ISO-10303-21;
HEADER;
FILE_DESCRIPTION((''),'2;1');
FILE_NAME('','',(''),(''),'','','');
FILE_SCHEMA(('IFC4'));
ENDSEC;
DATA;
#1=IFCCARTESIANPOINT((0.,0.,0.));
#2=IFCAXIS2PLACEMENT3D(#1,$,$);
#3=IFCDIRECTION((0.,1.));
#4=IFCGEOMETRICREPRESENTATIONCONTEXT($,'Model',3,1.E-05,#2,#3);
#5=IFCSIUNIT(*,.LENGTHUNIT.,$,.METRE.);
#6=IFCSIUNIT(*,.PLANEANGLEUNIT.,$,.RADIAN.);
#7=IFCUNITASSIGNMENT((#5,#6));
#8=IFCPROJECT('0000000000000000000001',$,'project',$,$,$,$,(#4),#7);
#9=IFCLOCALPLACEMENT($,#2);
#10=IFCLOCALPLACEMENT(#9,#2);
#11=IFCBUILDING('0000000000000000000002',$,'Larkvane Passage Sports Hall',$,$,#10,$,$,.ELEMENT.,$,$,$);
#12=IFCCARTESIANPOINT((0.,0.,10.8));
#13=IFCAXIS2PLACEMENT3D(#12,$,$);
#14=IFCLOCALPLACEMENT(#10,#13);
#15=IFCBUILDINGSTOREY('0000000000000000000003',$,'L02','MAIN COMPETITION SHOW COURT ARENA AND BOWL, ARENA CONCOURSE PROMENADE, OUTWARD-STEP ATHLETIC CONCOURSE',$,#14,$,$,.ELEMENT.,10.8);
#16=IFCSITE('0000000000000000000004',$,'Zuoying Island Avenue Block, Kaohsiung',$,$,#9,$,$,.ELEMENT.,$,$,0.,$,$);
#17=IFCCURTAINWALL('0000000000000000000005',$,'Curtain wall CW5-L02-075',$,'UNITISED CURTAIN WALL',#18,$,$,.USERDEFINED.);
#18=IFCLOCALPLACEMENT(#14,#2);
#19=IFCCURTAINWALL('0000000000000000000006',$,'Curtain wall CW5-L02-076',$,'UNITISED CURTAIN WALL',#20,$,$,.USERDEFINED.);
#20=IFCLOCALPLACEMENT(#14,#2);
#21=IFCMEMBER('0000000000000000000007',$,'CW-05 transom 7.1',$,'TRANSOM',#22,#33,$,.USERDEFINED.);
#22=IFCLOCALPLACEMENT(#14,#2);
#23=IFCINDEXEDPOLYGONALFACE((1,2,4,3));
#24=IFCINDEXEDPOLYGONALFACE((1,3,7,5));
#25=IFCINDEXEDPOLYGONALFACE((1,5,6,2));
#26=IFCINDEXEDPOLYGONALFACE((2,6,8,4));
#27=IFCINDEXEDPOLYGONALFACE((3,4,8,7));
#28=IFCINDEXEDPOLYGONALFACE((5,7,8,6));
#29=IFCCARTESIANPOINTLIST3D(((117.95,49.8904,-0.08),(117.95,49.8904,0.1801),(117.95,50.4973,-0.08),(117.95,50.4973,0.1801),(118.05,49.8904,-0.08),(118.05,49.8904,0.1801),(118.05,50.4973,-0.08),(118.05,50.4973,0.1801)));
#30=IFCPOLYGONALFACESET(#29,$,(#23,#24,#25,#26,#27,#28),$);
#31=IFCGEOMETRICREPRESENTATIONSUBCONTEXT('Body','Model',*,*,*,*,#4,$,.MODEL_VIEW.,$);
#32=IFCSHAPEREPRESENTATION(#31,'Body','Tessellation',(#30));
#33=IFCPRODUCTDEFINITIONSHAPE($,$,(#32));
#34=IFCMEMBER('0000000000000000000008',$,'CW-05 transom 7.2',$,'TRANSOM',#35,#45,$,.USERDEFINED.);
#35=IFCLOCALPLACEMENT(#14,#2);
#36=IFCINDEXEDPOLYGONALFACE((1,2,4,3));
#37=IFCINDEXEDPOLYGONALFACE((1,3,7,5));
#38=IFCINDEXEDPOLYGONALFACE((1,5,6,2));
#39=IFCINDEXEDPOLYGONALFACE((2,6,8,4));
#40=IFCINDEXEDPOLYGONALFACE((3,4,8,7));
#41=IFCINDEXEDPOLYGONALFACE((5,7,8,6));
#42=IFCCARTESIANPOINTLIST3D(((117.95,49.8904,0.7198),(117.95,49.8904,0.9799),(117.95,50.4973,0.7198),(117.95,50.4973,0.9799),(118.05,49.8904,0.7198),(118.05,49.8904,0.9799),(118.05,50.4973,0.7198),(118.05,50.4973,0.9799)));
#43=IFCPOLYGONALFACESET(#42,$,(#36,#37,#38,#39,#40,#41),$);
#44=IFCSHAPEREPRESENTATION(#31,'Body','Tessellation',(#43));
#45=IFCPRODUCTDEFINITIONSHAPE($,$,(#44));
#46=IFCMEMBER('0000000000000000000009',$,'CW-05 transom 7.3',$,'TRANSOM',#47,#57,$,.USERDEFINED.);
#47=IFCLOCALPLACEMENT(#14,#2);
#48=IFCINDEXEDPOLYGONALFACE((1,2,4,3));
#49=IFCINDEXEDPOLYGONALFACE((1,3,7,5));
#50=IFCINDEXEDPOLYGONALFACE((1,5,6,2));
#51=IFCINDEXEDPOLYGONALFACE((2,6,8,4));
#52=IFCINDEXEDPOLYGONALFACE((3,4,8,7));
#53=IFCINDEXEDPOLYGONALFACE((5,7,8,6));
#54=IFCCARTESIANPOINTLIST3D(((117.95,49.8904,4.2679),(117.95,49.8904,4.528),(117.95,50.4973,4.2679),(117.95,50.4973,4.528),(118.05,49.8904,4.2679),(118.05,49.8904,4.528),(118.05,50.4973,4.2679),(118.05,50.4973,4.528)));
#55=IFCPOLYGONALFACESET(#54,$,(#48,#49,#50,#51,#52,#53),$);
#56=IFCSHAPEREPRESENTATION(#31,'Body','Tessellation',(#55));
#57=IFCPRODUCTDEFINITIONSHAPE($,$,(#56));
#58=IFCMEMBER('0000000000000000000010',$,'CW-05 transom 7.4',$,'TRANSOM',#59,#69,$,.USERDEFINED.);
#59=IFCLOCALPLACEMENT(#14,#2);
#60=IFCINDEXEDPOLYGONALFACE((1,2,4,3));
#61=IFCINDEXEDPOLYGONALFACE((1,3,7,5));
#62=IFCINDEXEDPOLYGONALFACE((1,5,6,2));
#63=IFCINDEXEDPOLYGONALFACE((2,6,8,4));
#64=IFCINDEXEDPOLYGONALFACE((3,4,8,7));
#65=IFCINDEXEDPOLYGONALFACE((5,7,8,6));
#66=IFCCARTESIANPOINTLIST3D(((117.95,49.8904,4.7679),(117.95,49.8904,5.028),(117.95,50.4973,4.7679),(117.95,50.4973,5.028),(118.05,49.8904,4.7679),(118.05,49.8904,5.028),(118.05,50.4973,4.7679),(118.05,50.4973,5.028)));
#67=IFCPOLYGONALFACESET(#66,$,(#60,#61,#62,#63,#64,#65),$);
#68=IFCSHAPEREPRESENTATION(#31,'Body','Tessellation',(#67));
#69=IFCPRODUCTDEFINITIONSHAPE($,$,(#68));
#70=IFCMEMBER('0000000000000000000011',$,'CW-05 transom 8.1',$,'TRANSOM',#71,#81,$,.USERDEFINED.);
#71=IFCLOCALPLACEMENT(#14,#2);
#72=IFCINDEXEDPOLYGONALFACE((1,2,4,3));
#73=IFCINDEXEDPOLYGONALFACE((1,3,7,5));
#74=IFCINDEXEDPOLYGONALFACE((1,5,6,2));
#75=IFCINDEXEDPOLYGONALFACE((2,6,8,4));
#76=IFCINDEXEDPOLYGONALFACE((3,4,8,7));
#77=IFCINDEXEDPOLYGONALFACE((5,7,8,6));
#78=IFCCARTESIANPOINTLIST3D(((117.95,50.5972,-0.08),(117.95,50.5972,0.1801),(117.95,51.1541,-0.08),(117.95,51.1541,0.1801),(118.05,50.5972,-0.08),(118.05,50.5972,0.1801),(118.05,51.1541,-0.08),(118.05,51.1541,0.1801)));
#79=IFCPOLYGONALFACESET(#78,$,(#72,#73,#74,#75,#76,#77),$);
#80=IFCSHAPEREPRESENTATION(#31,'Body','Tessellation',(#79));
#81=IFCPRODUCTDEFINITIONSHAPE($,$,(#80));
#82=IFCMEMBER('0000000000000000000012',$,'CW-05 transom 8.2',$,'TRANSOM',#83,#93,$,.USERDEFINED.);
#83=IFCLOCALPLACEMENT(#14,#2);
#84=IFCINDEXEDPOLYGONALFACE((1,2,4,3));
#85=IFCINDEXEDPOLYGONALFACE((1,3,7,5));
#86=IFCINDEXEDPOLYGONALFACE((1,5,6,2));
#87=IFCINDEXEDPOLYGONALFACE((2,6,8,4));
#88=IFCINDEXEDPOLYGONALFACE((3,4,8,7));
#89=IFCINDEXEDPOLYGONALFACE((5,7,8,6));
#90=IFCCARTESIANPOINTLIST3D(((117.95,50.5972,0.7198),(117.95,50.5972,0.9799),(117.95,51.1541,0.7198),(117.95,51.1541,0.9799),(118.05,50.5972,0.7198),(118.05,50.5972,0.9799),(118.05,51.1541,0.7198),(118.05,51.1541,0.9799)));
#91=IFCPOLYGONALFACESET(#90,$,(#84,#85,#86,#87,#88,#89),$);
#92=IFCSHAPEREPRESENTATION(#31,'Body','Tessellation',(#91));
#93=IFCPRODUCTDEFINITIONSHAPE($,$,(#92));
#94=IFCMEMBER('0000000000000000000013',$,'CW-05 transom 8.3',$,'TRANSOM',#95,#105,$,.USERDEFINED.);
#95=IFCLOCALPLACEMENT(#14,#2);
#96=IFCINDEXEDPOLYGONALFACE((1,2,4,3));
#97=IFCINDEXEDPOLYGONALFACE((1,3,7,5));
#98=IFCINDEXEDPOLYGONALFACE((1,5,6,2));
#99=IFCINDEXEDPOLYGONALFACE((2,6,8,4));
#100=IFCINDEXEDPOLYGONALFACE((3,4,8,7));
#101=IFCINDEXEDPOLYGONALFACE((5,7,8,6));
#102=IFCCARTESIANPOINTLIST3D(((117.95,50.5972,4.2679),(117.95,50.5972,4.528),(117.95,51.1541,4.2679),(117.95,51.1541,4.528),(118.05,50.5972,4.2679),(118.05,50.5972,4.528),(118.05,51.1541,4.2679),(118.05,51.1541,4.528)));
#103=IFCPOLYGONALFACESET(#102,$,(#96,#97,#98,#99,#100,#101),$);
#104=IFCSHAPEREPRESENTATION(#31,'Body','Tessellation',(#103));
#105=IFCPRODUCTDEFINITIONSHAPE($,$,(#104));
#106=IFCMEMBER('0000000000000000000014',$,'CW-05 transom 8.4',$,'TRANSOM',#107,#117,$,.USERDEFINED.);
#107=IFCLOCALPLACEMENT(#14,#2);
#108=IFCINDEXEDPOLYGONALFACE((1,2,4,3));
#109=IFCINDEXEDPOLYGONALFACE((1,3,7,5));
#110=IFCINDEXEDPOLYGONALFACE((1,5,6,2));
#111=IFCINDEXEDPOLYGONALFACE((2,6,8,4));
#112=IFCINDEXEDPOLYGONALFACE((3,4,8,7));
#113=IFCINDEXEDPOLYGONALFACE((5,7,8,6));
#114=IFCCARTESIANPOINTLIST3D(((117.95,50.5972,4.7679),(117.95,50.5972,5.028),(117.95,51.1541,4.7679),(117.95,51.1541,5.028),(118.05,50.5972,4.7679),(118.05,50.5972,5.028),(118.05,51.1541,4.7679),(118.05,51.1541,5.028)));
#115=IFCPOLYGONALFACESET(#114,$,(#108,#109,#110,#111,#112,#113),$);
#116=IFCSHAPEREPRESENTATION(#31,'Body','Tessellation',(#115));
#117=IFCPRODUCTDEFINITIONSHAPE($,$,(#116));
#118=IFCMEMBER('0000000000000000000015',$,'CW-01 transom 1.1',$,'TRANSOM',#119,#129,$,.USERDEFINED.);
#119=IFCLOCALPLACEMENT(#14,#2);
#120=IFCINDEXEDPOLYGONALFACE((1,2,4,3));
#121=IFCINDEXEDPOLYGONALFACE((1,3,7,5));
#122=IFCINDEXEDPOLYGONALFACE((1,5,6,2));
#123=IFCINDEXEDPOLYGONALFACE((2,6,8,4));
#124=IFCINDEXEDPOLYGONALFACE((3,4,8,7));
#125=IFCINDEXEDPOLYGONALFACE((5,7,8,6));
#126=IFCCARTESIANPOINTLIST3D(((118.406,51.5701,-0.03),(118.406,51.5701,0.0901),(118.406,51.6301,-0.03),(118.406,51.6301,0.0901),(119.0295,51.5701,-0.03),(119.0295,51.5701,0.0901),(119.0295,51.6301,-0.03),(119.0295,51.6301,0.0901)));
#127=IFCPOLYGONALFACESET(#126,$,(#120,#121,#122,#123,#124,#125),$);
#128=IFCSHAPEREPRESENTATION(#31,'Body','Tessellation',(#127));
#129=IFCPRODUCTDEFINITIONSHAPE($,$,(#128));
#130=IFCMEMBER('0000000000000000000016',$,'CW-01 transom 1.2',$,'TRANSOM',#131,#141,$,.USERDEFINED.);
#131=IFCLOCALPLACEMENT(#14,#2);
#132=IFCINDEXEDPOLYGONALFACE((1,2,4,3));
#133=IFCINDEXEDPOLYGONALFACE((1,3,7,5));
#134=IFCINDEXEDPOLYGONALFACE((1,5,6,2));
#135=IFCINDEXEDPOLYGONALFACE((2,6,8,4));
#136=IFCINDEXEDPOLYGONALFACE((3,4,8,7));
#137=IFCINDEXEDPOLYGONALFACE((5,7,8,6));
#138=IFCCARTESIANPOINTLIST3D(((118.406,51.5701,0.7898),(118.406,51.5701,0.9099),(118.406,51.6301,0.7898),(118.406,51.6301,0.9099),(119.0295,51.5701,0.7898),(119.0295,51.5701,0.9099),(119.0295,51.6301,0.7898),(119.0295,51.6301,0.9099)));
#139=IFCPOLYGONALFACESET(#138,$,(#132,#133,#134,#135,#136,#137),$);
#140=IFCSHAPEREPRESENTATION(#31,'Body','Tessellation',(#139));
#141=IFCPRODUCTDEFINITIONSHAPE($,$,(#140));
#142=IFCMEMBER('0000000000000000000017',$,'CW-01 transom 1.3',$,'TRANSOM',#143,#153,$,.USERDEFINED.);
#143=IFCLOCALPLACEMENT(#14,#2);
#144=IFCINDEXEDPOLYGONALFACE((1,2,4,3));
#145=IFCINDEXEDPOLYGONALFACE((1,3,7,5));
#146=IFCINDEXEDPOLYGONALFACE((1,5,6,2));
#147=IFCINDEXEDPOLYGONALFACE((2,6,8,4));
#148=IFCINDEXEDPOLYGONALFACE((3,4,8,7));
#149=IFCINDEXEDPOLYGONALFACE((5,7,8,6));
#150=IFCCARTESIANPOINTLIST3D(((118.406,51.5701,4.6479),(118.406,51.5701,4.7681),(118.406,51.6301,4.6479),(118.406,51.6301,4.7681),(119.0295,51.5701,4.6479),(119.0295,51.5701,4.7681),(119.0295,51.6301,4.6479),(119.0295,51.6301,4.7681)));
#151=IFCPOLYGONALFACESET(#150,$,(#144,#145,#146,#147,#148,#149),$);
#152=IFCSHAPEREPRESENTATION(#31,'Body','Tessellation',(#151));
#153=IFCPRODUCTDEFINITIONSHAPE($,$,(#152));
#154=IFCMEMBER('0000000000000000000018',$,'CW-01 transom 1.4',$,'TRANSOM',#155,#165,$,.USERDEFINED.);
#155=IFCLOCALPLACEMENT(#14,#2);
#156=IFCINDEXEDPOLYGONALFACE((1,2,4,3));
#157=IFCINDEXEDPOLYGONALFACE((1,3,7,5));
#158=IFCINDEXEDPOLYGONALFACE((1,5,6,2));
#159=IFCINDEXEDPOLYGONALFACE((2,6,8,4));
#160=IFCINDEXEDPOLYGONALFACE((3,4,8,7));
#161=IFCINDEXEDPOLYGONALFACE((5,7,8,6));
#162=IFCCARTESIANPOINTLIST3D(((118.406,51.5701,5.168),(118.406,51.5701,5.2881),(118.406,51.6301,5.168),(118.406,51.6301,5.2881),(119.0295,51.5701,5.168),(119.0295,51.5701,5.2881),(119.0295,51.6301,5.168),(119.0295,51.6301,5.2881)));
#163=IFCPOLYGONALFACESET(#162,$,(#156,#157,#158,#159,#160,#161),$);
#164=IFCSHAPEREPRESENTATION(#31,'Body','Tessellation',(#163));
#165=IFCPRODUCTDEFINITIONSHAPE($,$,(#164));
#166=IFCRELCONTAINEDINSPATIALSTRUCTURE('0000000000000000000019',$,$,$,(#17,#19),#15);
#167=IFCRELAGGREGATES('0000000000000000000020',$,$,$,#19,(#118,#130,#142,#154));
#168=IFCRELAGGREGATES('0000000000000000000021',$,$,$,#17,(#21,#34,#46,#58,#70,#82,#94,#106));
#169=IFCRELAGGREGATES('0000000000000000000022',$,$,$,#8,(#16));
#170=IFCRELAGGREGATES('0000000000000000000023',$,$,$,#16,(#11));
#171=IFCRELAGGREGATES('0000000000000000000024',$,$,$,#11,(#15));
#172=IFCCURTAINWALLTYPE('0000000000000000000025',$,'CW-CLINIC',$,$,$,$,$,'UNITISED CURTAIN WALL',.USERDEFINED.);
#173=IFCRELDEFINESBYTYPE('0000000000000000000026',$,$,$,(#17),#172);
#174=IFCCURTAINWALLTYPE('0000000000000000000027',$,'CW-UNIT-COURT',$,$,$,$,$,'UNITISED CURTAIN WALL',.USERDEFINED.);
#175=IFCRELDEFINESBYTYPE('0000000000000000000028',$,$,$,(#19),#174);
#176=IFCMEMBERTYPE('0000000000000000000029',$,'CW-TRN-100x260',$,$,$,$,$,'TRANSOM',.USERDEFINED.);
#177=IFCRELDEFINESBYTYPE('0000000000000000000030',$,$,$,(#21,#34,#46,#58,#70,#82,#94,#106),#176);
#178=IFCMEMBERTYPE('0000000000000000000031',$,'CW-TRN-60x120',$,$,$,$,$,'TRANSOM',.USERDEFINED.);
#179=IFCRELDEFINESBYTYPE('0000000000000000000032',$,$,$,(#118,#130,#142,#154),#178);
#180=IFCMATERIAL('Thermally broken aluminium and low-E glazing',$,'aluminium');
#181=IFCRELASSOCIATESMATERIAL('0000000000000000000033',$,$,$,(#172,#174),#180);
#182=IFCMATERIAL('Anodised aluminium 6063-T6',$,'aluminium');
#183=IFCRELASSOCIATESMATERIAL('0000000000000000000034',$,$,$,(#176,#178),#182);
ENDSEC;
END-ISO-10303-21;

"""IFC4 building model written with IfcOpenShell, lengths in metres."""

from ifc_helpers import new_model, si_unit, direction, frame, origin, origin_2d, place, context, subcontext, project, spatial, rectangle, extrude, material, material_profile, profile_set, type_object, element, aggregate, save


model = new_model("IFC4")

# Units and contexts
model_context = context("Model", 3, precision=1e-05, world=origin(), true_north=direction((0.0, 1.0)))
body_context = subcontext(model_context, "Body", "Model", "MODEL_VIEW")
ifc_project = project(units=[si_unit("LENGTHUNIT", "METRE"), si_unit("PLANEANGLEUNIT", "RADIAN")], contexts=[model_context])

# Site, building, storey
site_placement = place(None, origin())
site = spatial("IfcSite", under=ifc_project, at=site_placement, Name="Zuoying Island Avenue Block, Kaohsiung", CompositionType="ELEMENT", RefElevation=0.0)
building_placement = place(site_placement, origin())
building = spatial("IfcBuilding", under=site, at=building_placement, Name="Larkvane Passage Sports Hall", CompositionType="ELEMENT")
storey_placement = place(building_placement, frame((0.0, 0.0, 10.8)))
storey = spatial("IfcBuildingStorey", under=building, at=storey_placement, Name="L02", Description="MAIN COMPETITION SHOW COURT ARENA AND BOWL, ARENA CONCOURSE PROMENADE, OUTWARD-STEP ATHLETIC CONCOURSE", CompositionType="ELEMENT", Elevation=10.8)

# Curtain wall
ifc_material_1 = material(Name="Thermally broken aluminium and low-E glazing", Category="aluminium")
curtain_wall_type_1 = type_object("IfcCurtainWallType", Name="CW-CLINIC", ElementType="UNITISED CURTAIN WALL", PredefinedType="USERDEFINED", material=ifc_material_1)
curtain_wall_1_placement = place(storey_placement, origin())
curtain_wall_1 = element("IfcCurtainWall", 1, at=curtain_wall_1_placement, inside=storey, type_object=curtain_wall_type_1, Name="Curtain wall CW5-L02-075", ObjectType="UNITISED CURTAIN WALL", PredefinedType="USERDEFINED")
ifc_material_2 = material(Name="Anodised aluminium 6063-T6", Category="aluminium")

# Curtain wall
curtain_wall_type_2 = type_object("IfcCurtainWallType", Name="CW-UNIT-COURT", ElementType="UNITISED CURTAIN WALL", PredefinedType="USERDEFINED", material=ifc_material_1)
curtain_wall_2_placement = place(storey_placement, origin())
curtain_wall_2 = element("IfcCurtainWall", 2, at=curtain_wall_2_placement, inside=storey, type_object=curtain_wall_type_2, Name="Curtain wall CW5-L02-076", ObjectType="UNITISED CURTAIN WALL", PredefinedType="USERDEFINED")

# Members
ifc_material_profile_1 = material_profile(ifc_material_2, rectangle(XDim=0.1001, YDim=0.26, at=origin_2d()), Name="ALU-TRN-100x260")
ifc_profile_set_1 = profile_set([ifc_material_profile_1], Name="Anodised aluminium 6063-T6")
member_type_1 = type_object("IfcMemberType", Name="CW-TRN-100x260", ElementType="TRANSOM", PredefinedType="USERDEFINED", material=ifc_profile_set_1)
member_1_placement = place(storey_placement, frame((118.0, 49.8904, 0.05), z_axis=(0.0, 1.0, 0.0), x_axis=(-1.0, 0.0, 0.0)))
member_1 = element("IfcMember", 3, at=member_1_placement, type_object=member_type_1, Name="CW-05 transom 7.1", ObjectType="TRANSOM", PredefinedType="USERDEFINED", context=body_context, shape_type="SweptSolid", body=[
    extrude(rectangle(XDim=0.1001, YDim=0.26, at=origin_2d()), origin(), (0.0, 0.0, 1.0), 0.6069),
])
member_2_placement = place(storey_placement, frame((118.0, 49.8904, 0.8499), z_axis=(0.0, 1.0, 0.0), x_axis=(-1.0, 0.0, 0.0)))
member_2 = element("IfcMember", 4, at=member_2_placement, type_object=member_type_1, Name="CW-05 transom 7.2", ObjectType="TRANSOM", PredefinedType="USERDEFINED", context=body_context, shape_type="SweptSolid", body=[
    extrude(rectangle(XDim=0.1001, YDim=0.26, at=origin_2d()), origin(), (0.0, 0.0, 1.0), 0.6069),
])
member_3_placement = place(storey_placement, frame((118.0, 49.8904, 4.3979), z_axis=(0.0, 1.0, 0.0), x_axis=(-1.0, 0.0, 0.0)))
member_3 = element("IfcMember", 5, at=member_3_placement, type_object=member_type_1, Name="CW-05 transom 7.3", ObjectType="TRANSOM", PredefinedType="USERDEFINED", context=body_context, shape_type="SweptSolid", body=[
    extrude(rectangle(XDim=0.1001, YDim=0.26, at=origin_2d()), origin(), (0.0, 0.0, 1.0), 0.6069),
])
member_4_placement = place(storey_placement, frame((118.0, 49.8904, 4.8979), z_axis=(0.0, 1.0, 0.0), x_axis=(-1.0, 0.0, 0.0)))
member_4 = element("IfcMember", 6, at=member_4_placement, type_object=member_type_1, Name="CW-05 transom 7.4", ObjectType="TRANSOM", PredefinedType="USERDEFINED", context=body_context, shape_type="SweptSolid", body=[
    extrude(rectangle(XDim=0.1001, YDim=0.26, at=origin_2d()), origin(), (0.0, 0.0, 1.0), 0.6069),
])
member_5_placement = place(storey_placement, frame((118.0, 50.5972, 0.05), z_axis=(0.0, 1.0, 0.0), x_axis=(-1.0, 0.0, 0.0)))
member_5 = element("IfcMember", 7, at=member_5_placement, type_object=member_type_1, Name="CW-05 transom 8.1", ObjectType="TRANSOM", PredefinedType="USERDEFINED", context=body_context, shape_type="SweptSolid", body=[
    extrude(rectangle(XDim=0.1001, YDim=0.26, at=origin_2d()), origin(), (0.0, 0.0, 1.0), 0.5569),
])
member_6_placement = place(storey_placement, frame((118.0, 50.5972, 0.8499), z_axis=(0.0, 1.0, 0.0), x_axis=(-1.0, 0.0, 0.0)))
member_6 = element("IfcMember", 8, at=member_6_placement, type_object=member_type_1, Name="CW-05 transom 8.2", ObjectType="TRANSOM", PredefinedType="USERDEFINED", context=body_context, shape_type="SweptSolid", body=[
    extrude(rectangle(XDim=0.1001, YDim=0.26, at=origin_2d()), origin(), (0.0, 0.0, 1.0), 0.5569),
])
member_7_placement = place(storey_placement, frame((118.0, 50.5972, 4.3979), z_axis=(0.0, 1.0, 0.0), x_axis=(-1.0, 0.0, 0.0)))
member_7 = element("IfcMember", 9, at=member_7_placement, type_object=member_type_1, Name="CW-05 transom 8.3", ObjectType="TRANSOM", PredefinedType="USERDEFINED", context=body_context, shape_type="SweptSolid", body=[
    extrude(rectangle(XDim=0.1001, YDim=0.26, at=origin_2d()), origin(), (0.0, 0.0, 1.0), 0.5569),
])
member_8_placement = place(storey_placement, frame((118.0, 50.5972, 4.8979), z_axis=(0.0, 1.0, 0.0), x_axis=(-1.0, 0.0, 0.0)))
member_8 = element("IfcMember", 10, at=member_8_placement, type_object=member_type_1, Name="CW-05 transom 8.4", ObjectType="TRANSOM", PredefinedType="USERDEFINED", context=body_context, shape_type="SweptSolid", body=[
    extrude(rectangle(XDim=0.1001, YDim=0.26, at=origin_2d()), origin(), (0.0, 0.0, 1.0), 0.5569),
])
ifc_material_profile_2 = material_profile(ifc_material_2, rectangle(XDim=0.0601, YDim=0.1201, at=origin_2d()), Name="ALU-TRN-60x120")
ifc_profile_set_2 = profile_set([ifc_material_profile_2], Name="Anodised aluminium 6063-T6")
member_type_2 = type_object("IfcMemberType", Name="CW-TRN-60x120", ElementType="TRANSOM", PredefinedType="USERDEFINED", material=ifc_profile_set_2)
member_9_placement = place(storey_placement, frame((118.406, 51.6001, 0.03), z_axis=(1.0, 0.0, 0.0), x_axis=(0.0, 1.0, 0.0)))
member_9 = element("IfcMember", 11, at=member_9_placement, type_object=member_type_2, Name="CW-01 transom 1.1", ObjectType="TRANSOM", PredefinedType="USERDEFINED", context=body_context, shape_type="SweptSolid", body=[
    extrude(rectangle(XDim=0.0601, YDim=0.1201, at=origin_2d()), origin(), (0.0, 0.0, 1.0), 0.6235),
])
member_10_placement = place(storey_placement, frame((118.406, 51.6001, 0.8499), z_axis=(1.0, 0.0, 0.0), x_axis=(0.0, 1.0, 0.0)))
member_10 = element("IfcMember", 12, at=member_10_placement, type_object=member_type_2, Name="CW-01 transom 1.2", ObjectType="TRANSOM", PredefinedType="USERDEFINED", context=body_context, shape_type="SweptSolid", body=[
    extrude(rectangle(XDim=0.0601, YDim=0.1201, at=origin_2d()), origin(), (0.0, 0.0, 1.0), 0.6235),
])
member_11_placement = place(storey_placement, frame((118.406, 51.6001, 4.708), z_axis=(1.0, 0.0, 0.0), x_axis=(0.0, 1.0, 0.0)))
member_11 = element("IfcMember", 13, at=member_11_placement, type_object=member_type_2, Name="CW-01 transom 1.3", ObjectType="TRANSOM", PredefinedType="USERDEFINED", context=body_context, shape_type="SweptSolid", body=[
    extrude(rectangle(XDim=0.0601, YDim=0.1201, at=origin_2d()), origin(), (0.0, 0.0, 1.0), 0.6235),
])
member_12_placement = place(storey_placement, frame((118.406, 51.6001, 5.228), z_axis=(1.0, 0.0, 0.0), x_axis=(0.0, 1.0, 0.0)))
member_12 = element("IfcMember", 14, at=member_12_placement, type_object=member_type_2, Name="CW-01 transom 1.4", ObjectType="TRANSOM", PredefinedType="USERDEFINED", context=body_context, shape_type="SweptSolid", body=[
    extrude(rectangle(XDim=0.0601, YDim=0.1201, at=origin_2d()), origin(), (0.0, 0.0, 1.0), 0.6235),
])

aggregate(curtain_wall_2, [member_9, member_10, member_11, member_12])
aggregate(curtain_wall_1, [member_1, member_2, member_3, member_4, member_5, member_6, member_7, member_8])

save(model, "model.ifc")
